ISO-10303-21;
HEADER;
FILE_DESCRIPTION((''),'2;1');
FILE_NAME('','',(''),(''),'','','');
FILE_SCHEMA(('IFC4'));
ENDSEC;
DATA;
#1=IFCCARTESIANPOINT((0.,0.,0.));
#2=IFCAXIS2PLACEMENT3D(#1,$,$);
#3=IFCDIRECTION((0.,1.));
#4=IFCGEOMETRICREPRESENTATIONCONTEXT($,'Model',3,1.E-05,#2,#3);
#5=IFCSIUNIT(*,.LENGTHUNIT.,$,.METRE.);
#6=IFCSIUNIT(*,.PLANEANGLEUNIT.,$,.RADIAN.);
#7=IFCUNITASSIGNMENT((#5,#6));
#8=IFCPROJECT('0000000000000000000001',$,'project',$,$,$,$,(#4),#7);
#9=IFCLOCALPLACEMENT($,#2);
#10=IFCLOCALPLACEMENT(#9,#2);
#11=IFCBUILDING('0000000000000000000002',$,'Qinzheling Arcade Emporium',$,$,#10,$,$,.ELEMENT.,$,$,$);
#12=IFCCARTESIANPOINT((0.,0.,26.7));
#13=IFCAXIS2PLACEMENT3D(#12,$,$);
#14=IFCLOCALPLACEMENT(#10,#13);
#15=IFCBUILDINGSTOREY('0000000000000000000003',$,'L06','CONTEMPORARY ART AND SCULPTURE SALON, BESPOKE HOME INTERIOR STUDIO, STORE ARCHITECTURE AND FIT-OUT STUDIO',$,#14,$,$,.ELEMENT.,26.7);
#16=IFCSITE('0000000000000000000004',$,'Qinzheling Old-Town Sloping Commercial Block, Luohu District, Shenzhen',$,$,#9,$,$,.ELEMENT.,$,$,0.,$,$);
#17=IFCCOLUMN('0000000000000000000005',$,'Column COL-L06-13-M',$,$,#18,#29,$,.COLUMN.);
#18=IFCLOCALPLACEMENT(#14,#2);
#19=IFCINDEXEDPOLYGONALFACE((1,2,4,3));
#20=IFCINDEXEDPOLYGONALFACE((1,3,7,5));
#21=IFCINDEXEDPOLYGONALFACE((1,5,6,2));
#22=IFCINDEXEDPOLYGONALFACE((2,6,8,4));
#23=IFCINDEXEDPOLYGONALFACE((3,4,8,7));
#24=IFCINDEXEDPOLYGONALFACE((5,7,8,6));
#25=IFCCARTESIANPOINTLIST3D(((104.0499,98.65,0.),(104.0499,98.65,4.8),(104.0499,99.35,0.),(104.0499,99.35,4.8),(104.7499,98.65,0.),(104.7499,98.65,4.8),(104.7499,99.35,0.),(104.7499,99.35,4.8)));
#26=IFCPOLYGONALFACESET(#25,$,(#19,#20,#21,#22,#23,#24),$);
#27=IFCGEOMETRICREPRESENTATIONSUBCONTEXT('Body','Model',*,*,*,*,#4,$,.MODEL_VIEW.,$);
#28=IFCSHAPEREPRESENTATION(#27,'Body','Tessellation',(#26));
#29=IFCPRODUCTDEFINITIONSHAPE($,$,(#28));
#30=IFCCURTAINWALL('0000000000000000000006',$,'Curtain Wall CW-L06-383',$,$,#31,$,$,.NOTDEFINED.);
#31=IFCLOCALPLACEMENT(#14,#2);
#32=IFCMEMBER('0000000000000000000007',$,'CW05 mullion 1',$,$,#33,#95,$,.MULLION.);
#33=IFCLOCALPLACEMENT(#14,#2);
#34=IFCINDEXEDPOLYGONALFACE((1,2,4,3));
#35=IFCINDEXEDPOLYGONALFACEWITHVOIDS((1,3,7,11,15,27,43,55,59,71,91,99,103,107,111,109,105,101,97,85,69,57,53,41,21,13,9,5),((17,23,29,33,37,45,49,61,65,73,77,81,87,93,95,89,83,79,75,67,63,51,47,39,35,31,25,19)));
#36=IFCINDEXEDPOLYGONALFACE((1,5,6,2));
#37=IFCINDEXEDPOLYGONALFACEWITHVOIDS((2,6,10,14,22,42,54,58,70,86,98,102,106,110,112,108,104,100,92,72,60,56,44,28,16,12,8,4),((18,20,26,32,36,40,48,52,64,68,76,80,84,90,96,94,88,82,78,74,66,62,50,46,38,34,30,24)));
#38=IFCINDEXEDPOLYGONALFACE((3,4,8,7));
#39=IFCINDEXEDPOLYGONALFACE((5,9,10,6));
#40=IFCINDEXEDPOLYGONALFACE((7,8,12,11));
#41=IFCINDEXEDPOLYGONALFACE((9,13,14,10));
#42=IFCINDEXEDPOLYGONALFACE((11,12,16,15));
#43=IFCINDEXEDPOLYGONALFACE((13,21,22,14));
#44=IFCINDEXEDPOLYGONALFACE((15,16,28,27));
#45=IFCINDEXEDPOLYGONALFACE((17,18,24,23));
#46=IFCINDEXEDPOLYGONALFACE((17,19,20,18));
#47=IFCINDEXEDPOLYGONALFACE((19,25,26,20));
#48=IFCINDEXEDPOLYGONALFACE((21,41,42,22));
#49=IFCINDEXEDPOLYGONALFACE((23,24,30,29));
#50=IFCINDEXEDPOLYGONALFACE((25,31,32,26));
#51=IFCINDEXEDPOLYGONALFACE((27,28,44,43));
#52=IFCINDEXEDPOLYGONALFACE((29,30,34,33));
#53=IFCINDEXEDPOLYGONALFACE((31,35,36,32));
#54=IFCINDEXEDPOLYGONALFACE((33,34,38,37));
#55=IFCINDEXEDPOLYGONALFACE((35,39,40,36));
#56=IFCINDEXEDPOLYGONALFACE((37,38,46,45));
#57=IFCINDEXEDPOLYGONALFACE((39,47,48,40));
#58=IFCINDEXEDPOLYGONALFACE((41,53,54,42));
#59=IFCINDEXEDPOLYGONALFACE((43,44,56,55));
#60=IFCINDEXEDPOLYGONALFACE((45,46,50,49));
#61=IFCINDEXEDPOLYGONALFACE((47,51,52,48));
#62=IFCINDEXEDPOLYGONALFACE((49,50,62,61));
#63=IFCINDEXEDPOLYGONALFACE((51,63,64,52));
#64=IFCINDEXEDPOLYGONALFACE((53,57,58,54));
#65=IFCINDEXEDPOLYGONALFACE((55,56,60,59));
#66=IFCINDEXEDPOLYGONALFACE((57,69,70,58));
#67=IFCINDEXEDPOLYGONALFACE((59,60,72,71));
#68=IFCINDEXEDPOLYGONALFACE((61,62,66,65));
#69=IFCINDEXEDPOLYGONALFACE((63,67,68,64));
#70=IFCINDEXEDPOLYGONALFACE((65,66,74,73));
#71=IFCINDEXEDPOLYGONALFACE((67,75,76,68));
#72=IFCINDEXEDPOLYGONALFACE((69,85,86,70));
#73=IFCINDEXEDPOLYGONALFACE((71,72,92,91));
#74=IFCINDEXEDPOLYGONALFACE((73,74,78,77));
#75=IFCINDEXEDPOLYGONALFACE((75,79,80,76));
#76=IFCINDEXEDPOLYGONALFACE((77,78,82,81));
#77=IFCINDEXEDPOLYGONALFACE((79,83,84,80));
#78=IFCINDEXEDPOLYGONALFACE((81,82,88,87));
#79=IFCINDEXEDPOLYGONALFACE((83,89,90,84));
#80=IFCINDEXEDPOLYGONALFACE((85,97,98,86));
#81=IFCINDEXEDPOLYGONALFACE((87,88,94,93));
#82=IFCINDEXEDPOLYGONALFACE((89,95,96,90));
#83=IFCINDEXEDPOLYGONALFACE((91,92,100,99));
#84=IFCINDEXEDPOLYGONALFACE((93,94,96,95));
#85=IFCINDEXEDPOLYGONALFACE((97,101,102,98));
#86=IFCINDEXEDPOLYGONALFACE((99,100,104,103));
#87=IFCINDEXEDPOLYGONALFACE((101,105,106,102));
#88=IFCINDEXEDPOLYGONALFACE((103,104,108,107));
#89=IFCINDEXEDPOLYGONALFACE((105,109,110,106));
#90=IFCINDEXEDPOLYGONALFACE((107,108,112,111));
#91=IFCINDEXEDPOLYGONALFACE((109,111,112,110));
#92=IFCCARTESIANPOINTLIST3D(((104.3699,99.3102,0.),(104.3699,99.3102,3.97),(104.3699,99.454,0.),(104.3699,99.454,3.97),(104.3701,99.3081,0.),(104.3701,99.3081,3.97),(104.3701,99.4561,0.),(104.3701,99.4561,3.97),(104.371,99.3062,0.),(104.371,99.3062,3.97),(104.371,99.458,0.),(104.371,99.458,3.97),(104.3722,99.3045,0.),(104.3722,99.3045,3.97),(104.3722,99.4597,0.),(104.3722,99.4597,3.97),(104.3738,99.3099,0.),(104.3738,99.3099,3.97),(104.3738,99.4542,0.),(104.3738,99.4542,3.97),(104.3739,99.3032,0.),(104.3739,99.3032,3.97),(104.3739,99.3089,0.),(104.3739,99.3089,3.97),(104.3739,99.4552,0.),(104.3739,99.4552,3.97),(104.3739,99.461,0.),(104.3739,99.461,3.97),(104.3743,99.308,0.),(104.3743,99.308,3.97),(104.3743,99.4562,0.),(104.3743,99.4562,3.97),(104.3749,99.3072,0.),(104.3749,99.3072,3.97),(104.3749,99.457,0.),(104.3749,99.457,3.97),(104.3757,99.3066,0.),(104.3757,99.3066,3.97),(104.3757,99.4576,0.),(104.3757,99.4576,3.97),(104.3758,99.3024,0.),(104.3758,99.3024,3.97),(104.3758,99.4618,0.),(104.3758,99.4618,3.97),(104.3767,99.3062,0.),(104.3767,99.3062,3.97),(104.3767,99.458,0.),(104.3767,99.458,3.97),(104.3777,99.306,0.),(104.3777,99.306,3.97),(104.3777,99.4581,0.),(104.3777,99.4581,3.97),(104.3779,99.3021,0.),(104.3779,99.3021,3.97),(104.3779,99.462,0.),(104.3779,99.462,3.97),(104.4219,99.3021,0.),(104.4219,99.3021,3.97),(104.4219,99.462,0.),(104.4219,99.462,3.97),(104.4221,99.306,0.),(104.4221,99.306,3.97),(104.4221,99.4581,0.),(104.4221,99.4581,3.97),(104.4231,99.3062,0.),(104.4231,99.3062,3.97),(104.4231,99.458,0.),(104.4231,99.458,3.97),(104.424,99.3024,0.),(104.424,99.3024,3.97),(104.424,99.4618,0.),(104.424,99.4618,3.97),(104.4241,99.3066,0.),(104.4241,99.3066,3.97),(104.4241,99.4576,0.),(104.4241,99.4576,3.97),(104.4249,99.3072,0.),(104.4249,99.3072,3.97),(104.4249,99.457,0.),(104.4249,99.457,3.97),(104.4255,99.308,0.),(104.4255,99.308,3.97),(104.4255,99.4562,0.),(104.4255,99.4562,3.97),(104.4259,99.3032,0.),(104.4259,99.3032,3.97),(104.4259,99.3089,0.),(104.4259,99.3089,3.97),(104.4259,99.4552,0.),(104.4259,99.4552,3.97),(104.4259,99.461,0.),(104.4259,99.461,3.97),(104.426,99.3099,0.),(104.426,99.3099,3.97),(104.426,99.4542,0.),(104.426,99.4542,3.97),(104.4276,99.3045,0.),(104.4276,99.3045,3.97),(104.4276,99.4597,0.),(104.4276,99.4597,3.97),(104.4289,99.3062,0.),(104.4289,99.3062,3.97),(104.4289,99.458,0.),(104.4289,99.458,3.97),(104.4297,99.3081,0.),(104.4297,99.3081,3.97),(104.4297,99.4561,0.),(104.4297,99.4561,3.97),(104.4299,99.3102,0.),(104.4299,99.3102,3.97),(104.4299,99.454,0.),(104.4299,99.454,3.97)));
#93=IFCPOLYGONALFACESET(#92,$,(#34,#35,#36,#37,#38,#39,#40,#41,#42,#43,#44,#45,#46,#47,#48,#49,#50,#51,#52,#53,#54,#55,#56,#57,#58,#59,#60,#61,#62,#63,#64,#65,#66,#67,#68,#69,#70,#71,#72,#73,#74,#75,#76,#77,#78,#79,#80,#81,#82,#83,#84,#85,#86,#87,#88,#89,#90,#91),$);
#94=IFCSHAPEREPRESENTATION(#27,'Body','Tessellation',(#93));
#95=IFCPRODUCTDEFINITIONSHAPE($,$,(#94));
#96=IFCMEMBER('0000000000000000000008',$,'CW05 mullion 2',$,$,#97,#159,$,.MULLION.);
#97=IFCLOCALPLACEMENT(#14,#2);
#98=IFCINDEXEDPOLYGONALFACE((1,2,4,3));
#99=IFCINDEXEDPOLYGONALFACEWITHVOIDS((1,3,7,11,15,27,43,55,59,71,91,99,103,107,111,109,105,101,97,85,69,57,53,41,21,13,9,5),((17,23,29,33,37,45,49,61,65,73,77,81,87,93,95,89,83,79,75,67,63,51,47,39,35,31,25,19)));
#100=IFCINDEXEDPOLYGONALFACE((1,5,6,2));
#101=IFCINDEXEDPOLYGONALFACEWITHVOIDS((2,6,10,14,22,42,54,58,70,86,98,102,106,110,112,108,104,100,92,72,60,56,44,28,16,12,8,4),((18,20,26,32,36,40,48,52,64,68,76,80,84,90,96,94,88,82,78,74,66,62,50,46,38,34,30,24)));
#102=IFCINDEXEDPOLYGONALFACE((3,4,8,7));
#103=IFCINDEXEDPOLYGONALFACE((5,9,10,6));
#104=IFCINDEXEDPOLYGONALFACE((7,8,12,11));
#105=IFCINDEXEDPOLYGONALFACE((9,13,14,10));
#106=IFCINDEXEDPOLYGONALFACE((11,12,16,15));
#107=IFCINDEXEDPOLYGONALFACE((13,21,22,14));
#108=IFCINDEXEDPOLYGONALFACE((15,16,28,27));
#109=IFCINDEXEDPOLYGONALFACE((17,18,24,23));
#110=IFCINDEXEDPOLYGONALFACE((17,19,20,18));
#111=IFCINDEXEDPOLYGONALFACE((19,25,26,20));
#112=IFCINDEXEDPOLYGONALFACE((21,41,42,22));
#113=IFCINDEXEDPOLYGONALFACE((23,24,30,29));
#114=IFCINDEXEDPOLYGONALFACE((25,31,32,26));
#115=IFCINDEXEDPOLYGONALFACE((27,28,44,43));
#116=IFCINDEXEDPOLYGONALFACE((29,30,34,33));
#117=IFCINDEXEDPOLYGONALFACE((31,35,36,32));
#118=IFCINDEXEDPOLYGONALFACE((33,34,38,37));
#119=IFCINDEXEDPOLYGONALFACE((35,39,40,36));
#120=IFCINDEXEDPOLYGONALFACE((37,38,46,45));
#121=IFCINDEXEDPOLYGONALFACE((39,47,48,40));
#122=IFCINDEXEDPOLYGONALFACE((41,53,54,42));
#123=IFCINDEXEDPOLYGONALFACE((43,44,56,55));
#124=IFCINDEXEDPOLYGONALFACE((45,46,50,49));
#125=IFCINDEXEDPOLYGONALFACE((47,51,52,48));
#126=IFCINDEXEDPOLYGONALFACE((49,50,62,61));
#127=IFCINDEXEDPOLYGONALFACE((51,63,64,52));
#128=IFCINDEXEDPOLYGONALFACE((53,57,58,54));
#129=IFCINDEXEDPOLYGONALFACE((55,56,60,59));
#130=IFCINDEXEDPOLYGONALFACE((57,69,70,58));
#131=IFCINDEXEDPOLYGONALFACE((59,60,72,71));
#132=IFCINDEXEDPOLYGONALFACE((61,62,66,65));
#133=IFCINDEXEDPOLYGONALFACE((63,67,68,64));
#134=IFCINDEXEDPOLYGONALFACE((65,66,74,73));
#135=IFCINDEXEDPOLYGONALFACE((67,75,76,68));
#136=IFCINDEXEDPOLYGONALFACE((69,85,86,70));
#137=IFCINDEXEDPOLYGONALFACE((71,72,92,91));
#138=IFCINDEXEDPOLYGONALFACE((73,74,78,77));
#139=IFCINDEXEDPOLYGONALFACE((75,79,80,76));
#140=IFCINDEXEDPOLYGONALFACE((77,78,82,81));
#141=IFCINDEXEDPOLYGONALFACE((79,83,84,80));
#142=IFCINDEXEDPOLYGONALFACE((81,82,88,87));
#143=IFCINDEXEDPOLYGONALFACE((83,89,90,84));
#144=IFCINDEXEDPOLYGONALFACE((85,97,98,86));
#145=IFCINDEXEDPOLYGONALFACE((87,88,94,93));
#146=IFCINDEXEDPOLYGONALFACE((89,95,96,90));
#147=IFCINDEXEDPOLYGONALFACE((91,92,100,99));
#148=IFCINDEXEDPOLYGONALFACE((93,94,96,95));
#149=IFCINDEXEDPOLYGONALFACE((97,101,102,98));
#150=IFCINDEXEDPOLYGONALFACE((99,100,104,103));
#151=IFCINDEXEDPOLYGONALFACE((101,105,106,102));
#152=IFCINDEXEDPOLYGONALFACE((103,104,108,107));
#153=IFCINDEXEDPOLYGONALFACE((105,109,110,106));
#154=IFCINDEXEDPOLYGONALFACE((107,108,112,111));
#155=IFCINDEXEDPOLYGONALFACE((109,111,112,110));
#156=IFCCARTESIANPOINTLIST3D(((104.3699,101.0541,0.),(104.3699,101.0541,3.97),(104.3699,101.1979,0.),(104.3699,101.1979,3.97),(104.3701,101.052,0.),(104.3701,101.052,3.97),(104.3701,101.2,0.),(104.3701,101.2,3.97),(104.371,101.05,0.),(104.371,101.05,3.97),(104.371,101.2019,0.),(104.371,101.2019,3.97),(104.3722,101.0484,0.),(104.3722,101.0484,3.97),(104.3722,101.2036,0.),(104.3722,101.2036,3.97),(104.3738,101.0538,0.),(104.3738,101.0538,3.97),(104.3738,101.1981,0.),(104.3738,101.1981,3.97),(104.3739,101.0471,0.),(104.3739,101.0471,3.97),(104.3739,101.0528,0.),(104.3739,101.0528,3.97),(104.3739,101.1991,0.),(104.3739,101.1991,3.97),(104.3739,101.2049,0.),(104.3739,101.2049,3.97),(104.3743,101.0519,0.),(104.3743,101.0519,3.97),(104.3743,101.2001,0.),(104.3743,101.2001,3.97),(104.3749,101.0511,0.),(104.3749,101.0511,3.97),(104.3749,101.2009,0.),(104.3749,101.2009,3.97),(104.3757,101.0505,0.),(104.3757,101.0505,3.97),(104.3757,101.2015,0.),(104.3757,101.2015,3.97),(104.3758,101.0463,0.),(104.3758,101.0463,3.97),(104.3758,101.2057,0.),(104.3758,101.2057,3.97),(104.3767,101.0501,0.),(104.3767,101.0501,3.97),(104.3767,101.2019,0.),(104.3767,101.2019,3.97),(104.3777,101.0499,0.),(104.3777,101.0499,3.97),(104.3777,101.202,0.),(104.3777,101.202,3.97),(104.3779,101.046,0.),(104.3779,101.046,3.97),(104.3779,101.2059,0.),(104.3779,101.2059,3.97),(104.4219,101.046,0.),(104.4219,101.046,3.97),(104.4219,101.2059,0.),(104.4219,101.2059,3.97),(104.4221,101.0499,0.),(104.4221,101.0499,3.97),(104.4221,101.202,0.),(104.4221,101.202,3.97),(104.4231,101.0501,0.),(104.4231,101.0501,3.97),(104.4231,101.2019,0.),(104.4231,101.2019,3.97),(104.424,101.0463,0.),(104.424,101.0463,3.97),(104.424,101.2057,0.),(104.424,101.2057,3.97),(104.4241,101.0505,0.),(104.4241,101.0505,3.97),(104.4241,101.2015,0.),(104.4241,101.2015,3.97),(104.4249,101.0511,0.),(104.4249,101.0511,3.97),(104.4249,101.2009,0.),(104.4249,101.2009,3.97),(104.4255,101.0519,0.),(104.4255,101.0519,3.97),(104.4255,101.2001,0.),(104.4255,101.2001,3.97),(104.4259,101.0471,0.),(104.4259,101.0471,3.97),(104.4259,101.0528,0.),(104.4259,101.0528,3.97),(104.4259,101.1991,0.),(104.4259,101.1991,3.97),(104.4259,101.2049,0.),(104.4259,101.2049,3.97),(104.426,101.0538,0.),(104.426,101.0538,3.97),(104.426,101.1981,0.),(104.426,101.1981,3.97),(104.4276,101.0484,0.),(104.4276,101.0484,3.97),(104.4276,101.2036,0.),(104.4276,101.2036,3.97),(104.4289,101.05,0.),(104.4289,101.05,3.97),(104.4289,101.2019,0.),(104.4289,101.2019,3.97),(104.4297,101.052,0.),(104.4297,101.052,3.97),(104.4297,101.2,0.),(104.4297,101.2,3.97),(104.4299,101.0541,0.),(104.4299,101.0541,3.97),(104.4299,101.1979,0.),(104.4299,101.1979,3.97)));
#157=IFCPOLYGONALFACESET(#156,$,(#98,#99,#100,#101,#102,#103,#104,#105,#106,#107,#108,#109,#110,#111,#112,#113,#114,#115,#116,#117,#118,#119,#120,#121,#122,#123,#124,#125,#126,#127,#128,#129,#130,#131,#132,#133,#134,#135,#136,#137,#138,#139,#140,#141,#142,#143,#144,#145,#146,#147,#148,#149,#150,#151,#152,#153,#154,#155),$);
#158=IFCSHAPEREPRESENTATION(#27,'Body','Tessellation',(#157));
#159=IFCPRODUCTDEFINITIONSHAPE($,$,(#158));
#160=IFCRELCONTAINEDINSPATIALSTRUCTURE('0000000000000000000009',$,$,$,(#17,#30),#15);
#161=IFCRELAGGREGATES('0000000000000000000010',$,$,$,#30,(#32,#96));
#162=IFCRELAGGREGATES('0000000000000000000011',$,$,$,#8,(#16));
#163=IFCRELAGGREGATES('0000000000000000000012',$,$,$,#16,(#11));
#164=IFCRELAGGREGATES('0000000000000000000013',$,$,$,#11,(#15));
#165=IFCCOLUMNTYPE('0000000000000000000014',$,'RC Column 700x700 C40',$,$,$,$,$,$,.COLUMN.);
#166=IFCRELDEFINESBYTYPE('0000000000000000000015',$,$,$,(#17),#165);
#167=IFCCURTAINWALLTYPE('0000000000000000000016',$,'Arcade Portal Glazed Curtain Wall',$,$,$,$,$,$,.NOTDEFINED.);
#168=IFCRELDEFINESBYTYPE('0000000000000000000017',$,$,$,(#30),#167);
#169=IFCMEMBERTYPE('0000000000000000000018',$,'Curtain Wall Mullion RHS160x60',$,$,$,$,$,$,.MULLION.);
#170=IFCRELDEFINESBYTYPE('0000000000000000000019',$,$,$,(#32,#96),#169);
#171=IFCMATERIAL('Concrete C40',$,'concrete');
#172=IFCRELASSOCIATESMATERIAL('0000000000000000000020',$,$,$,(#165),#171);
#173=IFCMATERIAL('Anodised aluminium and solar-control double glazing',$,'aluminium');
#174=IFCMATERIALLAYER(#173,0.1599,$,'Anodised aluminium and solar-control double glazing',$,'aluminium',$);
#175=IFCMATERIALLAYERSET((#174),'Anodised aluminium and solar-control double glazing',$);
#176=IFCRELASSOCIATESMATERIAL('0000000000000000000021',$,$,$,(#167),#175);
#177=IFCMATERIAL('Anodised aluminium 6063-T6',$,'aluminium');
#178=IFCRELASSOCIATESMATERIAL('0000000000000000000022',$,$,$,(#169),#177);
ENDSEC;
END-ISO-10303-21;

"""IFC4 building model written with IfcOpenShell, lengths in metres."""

from ifc_helpers import new_model, si_unit, direction, frame, origin, origin_2d, place, context, subcontext, project, spatial, rectangle, hollow_rectangle, extrude, material, layer, layer_set, material_profile, profile_set, type_object, element, aggregate, save


model = new_model("IFC4")

# Units and contexts
model_context = context("Model", 3, precision=1e-05, world=origin(), true_north=direction((0.0, 1.0)))
body_context = subcontext(model_context, "Body", "Model", "MODEL_VIEW")
ifc_project = project(units=[si_unit("LENGTHUNIT", "METRE"), si_unit("PLANEANGLEUNIT", "RADIAN")], contexts=[model_context])

# Site, building, storey
site_placement = place(None, origin())
site = spatial("IfcSite", under=ifc_project, at=site_placement, Name="Qinzheling Old-Town Sloping Commercial Block, Luohu District, Shenzhen", CompositionType="ELEMENT", RefElevation=0.0)
building_placement = place(site_placement, origin())
building = spatial("IfcBuilding", under=site, at=building_placement, Name="Qinzheling Arcade Emporium", CompositionType="ELEMENT")
storey_placement = place(building_placement, frame((0.0, 0.0, 26.7)))
storey = spatial("IfcBuildingStorey", under=building, at=storey_placement, Name="L06", Description="CONTEMPORARY ART AND SCULPTURE SALON, BESPOKE HOME INTERIOR STUDIO, STORE ARCHITECTURE AND FIT-OUT STUDIO", CompositionType="ELEMENT", Elevation=26.7)

# Column
ifc_material_1 = material(Name="Concrete C40", Category="concrete")
ifc_material_profile_1 = material_profile(ifc_material_1, rectangle(XDim=0.7, YDim=0.7, at=origin_2d()), Name="RC 700x700", Category="concrete")
ifc_profile_set_1 = profile_set([ifc_material_profile_1], Name="Concrete C40")
column_type = type_object("IfcColumnType", Name="RC Column 700x700 C40", PredefinedType="COLUMN", material=ifc_profile_set_1)
column_placement = place(storey_placement, frame((104.3999, 99.0, 0.0), z_axis=(0.0, 0.0, 1.0), x_axis=(1.0, 0.0, 0.0)))
element("IfcColumn", 1, at=column_placement, inside=storey, type_object=column_type, Name="Column COL-L06-13-M", PredefinedType="COLUMN", context=body_context, shape_type="SweptSolid", body=[
    extrude(rectangle(XDim=0.7, YDim=0.7, at=origin_2d()), origin(), (0.0, 0.0, 1.0), 4.8),
])

# Curtain wall, members
ifc_material_2 = material(Name="Anodised aluminium and solar-control double glazing", Category="aluminium")
ifc_layer_1 = layer(ifc_material_2, 0.1599, Name="Anodised aluminium and solar-control double glazing", Category="aluminium")
ifc_layer_set_1 = layer_set([ifc_layer_1], Name="Anodised aluminium and solar-control double glazing")
curtain_wall_type = type_object("IfcCurtainWallType", Name="Arcade Portal Glazed Curtain Wall", PredefinedType="NOTDEFINED", material=ifc_layer_set_1)
curtain_wall_placement = place(storey_placement, origin())
curtain_wall = element("IfcCurtainWall", 2, at=curtain_wall_placement, inside=storey, type_object=curtain_wall_type, Name="Curtain Wall CW-L06-383", PredefinedType="NOTDEFINED")
ifc_material_3 = material(Name="Anodised aluminium 6063-T6", Category="aluminium")
ifc_material_profile_2 = material_profile(ifc_material_3, hollow_rectangle(XDim=0.0601, YDim=0.1599, WallThickness=0.0039, InnerFilletRadius=0.0039, OuterFilletRadius=0.0081, at=origin_2d()), Name="RHS 160x60x4", Category="aluminium")
ifc_profile_set_2 = profile_set([ifc_material_profile_2], Name="Anodised aluminium 6063-T6")
member_type_1 = type_object("IfcMemberType", Name="Curtain Wall Mullion RHS160x60", PredefinedType="MULLION", material=ifc_profile_set_2)
member_1_placement = place(storey_placement, frame((104.3999, 99.3821, 0.0), z_axis=(0.0, 0.0, 1.0), x_axis=(-1.0, 0.0, 0.0)))
member_1 = element("IfcMember", 3, at=member_1_placement, type_object=member_type_1, Name="CW05 mullion 1", PredefinedType="MULLION", context=body_context, shape_type="SweptSolid", body=[
    extrude(hollow_rectangle(XDim=0.0601, YDim=0.1599, WallThickness=0.0039, InnerFilletRadius=0.0039, OuterFilletRadius=0.0081, at=origin_2d()), origin(), (0.0, 0.0, 1.0), 3.97),
])
member_2_placement = place(storey_placement, frame((104.3999, 101.126, 0.0), z_axis=(0.0, 0.0, 1.0), x_axis=(-1.0, 0.0, 0.0)))
member_2 = element("IfcMember", 4, at=member_2_placement, type_object=member_type_1, Name="CW05 mullion 2", PredefinedType="MULLION", context=body_context, shape_type="SweptSolid", body=[
    extrude(hollow_rectangle(XDim=0.0601, YDim=0.1599, WallThickness=0.0039, InnerFilletRadius=0.0039, OuterFilletRadius=0.0081, at=origin_2d()), origin(), (0.0, 0.0, 1.0), 3.97),
])

aggregate(curtain_wall, [member_1, member_2])

save(model, "model.ifc")
